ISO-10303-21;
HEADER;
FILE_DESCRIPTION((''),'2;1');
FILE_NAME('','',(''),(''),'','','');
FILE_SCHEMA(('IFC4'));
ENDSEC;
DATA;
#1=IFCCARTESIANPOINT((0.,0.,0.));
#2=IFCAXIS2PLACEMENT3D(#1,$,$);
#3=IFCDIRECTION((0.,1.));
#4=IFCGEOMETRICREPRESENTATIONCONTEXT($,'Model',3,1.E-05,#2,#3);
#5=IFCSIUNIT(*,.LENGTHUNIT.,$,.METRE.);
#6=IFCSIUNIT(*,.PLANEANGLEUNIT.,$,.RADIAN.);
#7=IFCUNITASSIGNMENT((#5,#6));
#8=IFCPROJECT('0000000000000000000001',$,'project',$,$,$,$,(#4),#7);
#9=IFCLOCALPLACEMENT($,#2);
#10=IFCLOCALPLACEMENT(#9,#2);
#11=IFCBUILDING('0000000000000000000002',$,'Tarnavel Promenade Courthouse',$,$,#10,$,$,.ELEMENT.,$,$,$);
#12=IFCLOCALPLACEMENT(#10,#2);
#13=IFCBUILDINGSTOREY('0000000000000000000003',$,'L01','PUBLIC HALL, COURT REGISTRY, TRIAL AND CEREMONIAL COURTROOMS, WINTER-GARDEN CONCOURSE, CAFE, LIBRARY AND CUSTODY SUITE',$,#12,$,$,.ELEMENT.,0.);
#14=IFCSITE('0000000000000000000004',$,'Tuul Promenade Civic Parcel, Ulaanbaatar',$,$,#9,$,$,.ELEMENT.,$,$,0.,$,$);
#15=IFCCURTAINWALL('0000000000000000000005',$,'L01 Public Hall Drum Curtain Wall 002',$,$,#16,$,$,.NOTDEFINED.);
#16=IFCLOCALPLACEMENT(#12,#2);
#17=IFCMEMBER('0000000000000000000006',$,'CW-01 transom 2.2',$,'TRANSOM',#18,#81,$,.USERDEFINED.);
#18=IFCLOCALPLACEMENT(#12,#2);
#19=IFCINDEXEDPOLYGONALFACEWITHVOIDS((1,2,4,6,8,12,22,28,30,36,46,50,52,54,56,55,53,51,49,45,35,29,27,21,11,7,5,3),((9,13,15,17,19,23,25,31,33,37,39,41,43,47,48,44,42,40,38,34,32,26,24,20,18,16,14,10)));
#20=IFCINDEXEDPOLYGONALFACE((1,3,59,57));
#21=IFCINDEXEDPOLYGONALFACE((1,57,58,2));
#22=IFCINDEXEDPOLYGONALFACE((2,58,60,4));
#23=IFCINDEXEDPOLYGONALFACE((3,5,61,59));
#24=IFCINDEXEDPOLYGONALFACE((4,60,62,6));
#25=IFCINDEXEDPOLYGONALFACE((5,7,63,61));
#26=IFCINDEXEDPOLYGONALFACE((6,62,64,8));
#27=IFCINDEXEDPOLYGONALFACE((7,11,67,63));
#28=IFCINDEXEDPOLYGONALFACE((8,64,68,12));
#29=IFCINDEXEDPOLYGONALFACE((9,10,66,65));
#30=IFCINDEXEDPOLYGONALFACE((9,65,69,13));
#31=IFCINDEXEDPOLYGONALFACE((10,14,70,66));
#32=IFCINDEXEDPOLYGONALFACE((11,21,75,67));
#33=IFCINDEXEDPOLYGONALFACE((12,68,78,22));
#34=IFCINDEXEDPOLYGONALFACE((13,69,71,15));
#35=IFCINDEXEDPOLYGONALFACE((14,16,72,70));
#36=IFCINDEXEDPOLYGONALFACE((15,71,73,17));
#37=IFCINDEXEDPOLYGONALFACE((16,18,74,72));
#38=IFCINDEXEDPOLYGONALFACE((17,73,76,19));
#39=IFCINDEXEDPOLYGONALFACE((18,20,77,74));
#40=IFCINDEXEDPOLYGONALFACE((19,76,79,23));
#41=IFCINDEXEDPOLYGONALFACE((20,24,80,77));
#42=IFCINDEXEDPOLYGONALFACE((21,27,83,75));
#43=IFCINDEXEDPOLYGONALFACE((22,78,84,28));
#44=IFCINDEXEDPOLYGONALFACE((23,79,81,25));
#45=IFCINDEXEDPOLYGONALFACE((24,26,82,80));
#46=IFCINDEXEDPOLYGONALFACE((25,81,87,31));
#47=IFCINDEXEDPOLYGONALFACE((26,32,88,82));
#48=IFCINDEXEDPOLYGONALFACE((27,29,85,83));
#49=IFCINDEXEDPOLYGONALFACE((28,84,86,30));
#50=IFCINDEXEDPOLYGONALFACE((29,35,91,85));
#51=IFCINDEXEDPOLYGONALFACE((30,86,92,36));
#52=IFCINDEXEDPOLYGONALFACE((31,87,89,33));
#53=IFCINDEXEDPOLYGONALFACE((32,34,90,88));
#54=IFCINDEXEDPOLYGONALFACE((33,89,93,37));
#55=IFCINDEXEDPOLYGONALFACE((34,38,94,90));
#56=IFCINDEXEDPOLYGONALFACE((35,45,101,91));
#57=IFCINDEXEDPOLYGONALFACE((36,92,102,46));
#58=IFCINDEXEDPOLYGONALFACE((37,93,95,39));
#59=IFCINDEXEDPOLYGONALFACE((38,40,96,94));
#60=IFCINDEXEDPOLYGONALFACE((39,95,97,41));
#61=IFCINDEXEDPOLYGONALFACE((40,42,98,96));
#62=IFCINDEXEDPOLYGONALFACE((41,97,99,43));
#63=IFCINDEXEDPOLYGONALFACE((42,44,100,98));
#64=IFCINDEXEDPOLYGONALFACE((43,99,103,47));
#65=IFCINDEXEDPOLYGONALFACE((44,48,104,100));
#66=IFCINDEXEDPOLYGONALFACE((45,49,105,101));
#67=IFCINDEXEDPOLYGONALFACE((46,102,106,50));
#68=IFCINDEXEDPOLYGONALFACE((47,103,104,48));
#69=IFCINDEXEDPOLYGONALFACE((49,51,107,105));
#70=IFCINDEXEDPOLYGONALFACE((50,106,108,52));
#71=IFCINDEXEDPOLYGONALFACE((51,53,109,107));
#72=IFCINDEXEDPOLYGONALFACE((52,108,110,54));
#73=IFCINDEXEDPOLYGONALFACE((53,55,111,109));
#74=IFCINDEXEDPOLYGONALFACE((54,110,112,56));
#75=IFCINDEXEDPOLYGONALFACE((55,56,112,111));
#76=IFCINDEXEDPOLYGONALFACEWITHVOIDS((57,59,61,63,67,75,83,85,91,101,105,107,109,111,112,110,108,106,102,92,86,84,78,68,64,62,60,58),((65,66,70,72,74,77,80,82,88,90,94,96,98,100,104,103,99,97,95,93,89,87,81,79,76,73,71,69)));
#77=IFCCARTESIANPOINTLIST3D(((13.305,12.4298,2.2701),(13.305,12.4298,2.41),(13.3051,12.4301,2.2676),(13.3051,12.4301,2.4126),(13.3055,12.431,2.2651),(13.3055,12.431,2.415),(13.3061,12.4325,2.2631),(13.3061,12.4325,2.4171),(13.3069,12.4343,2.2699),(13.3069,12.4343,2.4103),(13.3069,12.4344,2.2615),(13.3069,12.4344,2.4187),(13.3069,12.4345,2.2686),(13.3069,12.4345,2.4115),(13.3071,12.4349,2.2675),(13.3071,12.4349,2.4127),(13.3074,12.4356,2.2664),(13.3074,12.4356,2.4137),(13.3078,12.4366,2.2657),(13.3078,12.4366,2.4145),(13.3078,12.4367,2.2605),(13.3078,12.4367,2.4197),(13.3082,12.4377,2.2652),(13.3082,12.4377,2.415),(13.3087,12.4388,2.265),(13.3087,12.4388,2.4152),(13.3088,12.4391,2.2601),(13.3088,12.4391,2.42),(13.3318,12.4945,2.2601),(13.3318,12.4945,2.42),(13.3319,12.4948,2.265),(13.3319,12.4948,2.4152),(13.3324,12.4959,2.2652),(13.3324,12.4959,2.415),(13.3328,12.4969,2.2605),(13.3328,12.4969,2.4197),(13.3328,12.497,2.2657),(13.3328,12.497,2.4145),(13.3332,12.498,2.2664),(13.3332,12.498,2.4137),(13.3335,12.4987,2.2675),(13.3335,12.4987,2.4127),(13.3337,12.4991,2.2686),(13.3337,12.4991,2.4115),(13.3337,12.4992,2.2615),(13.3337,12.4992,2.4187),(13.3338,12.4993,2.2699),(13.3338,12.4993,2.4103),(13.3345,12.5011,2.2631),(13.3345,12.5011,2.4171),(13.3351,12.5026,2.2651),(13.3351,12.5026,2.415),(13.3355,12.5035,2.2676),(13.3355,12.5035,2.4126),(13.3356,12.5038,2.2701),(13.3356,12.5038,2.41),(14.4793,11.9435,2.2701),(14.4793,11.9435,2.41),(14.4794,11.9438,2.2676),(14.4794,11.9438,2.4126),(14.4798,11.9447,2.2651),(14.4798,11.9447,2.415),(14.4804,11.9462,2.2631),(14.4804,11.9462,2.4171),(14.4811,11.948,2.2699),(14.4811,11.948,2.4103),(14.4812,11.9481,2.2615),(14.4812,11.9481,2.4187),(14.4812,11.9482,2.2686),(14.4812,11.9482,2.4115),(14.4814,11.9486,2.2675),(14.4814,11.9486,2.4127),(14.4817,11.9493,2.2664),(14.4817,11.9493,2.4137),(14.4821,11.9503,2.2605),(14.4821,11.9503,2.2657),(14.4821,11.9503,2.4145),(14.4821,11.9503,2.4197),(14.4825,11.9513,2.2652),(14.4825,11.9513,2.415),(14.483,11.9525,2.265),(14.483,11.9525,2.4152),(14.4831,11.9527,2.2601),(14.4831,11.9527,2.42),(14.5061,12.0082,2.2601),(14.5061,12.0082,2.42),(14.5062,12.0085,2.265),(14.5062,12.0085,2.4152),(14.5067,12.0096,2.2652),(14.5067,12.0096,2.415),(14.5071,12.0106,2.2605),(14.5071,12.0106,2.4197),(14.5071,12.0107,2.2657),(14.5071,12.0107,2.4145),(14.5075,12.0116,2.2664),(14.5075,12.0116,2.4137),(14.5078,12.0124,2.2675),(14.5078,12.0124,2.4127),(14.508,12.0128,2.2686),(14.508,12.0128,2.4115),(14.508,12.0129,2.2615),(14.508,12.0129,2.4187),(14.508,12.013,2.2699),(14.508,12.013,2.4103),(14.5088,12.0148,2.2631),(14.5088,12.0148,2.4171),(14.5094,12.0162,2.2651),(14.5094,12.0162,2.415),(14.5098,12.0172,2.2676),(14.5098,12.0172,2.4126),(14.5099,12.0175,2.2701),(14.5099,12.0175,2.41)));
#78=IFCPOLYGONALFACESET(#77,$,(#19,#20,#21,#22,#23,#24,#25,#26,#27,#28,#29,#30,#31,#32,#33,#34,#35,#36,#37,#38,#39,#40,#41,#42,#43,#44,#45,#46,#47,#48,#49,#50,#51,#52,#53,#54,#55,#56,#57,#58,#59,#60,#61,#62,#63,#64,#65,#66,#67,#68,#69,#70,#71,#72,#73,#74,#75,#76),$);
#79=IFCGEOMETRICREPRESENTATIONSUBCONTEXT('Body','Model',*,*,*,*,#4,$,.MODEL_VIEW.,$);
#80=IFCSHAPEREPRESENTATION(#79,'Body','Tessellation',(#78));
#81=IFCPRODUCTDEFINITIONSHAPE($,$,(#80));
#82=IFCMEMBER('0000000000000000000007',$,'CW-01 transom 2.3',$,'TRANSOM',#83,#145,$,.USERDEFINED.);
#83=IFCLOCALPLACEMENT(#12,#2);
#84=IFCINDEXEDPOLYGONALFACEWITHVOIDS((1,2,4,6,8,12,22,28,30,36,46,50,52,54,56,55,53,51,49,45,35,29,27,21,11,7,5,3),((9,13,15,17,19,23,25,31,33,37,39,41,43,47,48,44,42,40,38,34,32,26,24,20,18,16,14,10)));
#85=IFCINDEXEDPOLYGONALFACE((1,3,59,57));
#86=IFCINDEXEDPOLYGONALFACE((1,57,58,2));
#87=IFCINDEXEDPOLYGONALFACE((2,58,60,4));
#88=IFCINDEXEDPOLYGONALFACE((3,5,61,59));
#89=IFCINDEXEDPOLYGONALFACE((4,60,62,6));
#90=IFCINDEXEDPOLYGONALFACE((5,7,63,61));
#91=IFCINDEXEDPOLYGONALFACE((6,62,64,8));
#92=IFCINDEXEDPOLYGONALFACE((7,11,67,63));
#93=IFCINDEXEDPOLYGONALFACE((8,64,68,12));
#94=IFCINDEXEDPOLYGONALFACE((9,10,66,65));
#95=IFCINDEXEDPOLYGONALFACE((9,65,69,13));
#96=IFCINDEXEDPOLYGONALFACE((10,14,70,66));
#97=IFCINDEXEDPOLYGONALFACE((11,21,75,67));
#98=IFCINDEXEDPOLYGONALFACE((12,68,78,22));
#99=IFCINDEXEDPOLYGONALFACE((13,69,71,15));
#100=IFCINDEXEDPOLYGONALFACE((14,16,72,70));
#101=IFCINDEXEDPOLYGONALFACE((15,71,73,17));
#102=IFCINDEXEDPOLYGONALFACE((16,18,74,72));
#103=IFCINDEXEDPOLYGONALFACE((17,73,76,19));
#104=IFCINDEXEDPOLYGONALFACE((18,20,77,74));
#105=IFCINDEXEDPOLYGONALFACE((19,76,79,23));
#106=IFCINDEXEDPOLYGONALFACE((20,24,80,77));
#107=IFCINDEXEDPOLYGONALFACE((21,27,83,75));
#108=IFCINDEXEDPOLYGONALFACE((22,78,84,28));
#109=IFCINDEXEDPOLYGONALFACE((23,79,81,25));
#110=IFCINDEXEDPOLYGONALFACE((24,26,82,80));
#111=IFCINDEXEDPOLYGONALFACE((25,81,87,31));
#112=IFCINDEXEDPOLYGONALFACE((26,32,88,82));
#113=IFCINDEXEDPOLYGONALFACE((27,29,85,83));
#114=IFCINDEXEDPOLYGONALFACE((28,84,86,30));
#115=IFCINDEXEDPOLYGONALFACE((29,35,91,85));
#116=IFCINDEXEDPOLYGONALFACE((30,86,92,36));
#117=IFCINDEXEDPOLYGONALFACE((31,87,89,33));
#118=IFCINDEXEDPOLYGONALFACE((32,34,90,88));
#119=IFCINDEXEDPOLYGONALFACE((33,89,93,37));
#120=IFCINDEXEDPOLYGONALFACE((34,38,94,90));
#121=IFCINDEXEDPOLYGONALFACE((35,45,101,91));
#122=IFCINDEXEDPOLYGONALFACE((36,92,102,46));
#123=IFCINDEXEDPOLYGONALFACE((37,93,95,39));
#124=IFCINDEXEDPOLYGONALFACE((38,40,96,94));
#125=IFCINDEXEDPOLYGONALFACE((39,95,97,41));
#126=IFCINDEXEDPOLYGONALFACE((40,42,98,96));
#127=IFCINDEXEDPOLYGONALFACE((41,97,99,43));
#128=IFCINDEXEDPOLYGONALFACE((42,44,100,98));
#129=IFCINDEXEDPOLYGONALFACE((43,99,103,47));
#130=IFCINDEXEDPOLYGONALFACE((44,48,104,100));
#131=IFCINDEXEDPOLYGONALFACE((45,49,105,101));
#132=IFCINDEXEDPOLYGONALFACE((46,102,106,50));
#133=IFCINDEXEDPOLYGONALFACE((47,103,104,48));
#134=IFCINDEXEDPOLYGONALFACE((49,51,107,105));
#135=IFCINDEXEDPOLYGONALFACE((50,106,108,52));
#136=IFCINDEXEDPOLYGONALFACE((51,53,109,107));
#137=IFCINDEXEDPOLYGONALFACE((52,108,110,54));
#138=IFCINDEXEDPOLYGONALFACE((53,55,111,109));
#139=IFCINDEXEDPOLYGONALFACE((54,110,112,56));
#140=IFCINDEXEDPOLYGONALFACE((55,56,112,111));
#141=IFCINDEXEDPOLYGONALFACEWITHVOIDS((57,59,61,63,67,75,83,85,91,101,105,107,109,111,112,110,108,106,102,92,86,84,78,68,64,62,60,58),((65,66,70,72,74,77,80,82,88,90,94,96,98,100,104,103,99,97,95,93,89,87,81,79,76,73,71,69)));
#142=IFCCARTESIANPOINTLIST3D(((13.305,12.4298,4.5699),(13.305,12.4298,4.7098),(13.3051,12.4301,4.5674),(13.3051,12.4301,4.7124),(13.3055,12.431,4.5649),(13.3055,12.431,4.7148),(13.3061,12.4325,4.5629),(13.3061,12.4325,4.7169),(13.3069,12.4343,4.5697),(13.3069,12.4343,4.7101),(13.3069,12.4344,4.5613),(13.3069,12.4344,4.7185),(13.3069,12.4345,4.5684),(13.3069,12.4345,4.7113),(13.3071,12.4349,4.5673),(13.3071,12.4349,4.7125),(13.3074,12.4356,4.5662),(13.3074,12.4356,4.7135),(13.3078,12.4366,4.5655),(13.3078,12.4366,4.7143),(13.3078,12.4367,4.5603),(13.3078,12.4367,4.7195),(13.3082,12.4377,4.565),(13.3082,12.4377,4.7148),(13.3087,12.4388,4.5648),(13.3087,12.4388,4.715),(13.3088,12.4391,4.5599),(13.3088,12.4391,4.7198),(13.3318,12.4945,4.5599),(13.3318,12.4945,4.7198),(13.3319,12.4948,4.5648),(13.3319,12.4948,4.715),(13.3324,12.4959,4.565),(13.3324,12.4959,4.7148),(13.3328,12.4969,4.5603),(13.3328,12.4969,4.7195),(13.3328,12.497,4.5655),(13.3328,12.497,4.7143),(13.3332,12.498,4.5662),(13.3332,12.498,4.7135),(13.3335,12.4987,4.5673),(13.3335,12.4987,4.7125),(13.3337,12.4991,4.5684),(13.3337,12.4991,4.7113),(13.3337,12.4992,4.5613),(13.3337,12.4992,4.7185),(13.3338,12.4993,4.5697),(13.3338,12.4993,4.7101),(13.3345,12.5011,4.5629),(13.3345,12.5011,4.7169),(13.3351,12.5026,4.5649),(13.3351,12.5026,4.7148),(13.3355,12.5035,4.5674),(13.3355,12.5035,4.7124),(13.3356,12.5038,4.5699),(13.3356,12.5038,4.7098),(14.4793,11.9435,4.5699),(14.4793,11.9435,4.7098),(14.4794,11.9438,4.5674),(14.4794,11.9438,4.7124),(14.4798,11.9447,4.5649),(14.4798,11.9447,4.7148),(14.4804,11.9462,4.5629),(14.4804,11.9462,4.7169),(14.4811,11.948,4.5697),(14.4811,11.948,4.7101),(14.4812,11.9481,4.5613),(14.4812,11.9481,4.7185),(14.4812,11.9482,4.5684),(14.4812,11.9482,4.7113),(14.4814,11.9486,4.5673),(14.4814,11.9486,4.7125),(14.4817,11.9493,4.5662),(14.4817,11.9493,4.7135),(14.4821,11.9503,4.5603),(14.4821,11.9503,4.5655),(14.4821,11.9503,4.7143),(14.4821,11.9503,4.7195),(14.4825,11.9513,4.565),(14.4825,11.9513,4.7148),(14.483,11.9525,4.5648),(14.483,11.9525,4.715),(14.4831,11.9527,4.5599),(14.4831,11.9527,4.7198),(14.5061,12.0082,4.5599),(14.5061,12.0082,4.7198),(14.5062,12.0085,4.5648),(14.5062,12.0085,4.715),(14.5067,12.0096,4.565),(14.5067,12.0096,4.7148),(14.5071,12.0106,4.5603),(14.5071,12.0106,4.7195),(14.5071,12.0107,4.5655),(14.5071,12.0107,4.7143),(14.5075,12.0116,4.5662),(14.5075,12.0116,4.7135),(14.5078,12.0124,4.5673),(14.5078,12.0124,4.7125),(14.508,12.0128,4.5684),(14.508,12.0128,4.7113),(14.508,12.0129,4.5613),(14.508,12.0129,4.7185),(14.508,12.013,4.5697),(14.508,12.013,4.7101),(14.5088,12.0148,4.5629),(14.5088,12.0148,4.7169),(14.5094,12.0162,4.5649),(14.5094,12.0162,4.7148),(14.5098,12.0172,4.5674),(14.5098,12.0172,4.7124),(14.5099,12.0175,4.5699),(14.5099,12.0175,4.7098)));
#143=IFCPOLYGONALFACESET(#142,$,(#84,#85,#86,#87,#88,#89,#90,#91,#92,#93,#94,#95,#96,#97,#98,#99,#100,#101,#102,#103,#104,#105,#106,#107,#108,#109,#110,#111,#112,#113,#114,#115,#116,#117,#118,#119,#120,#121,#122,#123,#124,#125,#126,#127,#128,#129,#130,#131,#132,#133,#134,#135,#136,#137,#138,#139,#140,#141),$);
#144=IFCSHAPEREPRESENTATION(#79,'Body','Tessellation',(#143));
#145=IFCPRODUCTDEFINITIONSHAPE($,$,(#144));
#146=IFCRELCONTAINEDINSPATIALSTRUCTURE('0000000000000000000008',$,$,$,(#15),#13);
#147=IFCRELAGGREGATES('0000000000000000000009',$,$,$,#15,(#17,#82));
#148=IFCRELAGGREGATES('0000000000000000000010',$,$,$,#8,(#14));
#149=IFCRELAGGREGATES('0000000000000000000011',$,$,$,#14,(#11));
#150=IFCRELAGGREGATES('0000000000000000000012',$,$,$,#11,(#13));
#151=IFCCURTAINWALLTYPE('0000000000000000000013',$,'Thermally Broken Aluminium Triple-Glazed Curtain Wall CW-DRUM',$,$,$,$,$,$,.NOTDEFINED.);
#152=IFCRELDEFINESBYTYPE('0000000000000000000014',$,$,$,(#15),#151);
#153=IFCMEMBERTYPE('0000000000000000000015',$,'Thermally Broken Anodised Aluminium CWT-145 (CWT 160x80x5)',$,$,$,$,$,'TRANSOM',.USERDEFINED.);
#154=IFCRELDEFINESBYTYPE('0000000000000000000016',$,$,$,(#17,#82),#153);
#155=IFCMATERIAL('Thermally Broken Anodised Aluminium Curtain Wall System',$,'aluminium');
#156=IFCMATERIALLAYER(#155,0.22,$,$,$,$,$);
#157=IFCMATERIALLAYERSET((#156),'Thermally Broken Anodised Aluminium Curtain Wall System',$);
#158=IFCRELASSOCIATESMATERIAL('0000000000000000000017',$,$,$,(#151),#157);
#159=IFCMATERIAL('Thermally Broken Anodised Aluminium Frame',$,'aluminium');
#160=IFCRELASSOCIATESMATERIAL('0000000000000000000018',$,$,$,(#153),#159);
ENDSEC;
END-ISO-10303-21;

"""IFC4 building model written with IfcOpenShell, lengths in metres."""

from ifc_helpers import new_model, si_unit, direction, frame, origin, origin_2d, place, context, subcontext, project, spatial, hollow_rectangle, extrude, material, layer, layer_set, material_profile, profile_set, type_object, element, aggregate, save


model = new_model("IFC4")

# Units and contexts
model_context = context("Model", 3, precision=1e-05, world=origin(), true_north=direction((0.0, 1.0)))
body_context = subcontext(model_context, "Body", "Model", "MODEL_VIEW")
ifc_project = project(units=[si_unit("LENGTHUNIT", "METRE"), si_unit("PLANEANGLEUNIT", "RADIAN")], contexts=[model_context])

# Site, building, storey
site_placement = place(None, origin())
site = spatial("IfcSite", under=ifc_project, at=site_placement, Name="Tuul Promenade Civic Parcel, Ulaanbaatar", CompositionType="ELEMENT", RefElevation=0.0)
building_placement = place(site_placement, origin())
building = spatial("IfcBuilding", under=site, at=building_placement, Name="Tarnavel Promenade Courthouse", CompositionType="ELEMENT")
storey_placement = place(building_placement, origin())
storey = spatial("IfcBuildingStorey", under=building, at=storey_placement, Name="L01", Description="PUBLIC HALL, COURT REGISTRY, TRIAL AND CEREMONIAL COURTROOMS, WINTER-GARDEN CONCOURSE, CAFE, LIBRARY AND CUSTODY SUITE", CompositionType="ELEMENT", Elevation=0.0)

# Curtain wall
ifc_material_1 = material(Name="Thermally Broken Anodised Aluminium Curtain Wall System", Category="aluminium")
ifc_layer_1 = layer(ifc_material_1, 0.22)
ifc_layer_set_1 = layer_set([ifc_layer_1], Name="Thermally Broken Anodised Aluminium Curtain Wall System")
curtain_wall_type = type_object("IfcCurtainWallType", Name="Thermally Broken Aluminium Triple-Glazed Curtain Wall CW-DRUM", PredefinedType="NOTDEFINED", material=ifc_layer_set_1)
curtain_wall_1_placement = place(storey_placement, origin())
curtain_wall_1 = element("IfcCurtainWall", 1, at=curtain_wall_1_placement, inside=storey, type_object=curtain_wall_type, Name="L01 Public Hall Drum Curtain Wall 002", PredefinedType="NOTDEFINED")
ifc_material_2 = material(Name="Thermally Broken Anodised Aluminium Frame", Category="aluminium")

# Members
ifc_material_profile_1 = material_profile(ifc_material_2, hollow_rectangle(XDim=0.0801, YDim=0.1599, WallThickness=0.0049, InnerFilletRadius=0.0049, OuterFilletRadius=0.01, at=origin_2d()), Name="CWT 160x80x5")
ifc_profile_set_1 = profile_set([ifc_material_profile_1], Name="Thermally Broken Anodised Aluminium Frame")
member_type_1 = type_object("IfcMemberType", Name="Thermally Broken Anodised Aluminium CWT-145 (CWT 160x80x5)", ElementType="TRANSOM", PredefinedType="USERDEFINED", material=ifc_profile_set_1)
member_1_placement = place(storey_placement, frame((13.3203, 12.4668, 2.3401), z_axis=(0.923904, -0.382623, 0.0), x_axis=(0.382623, 0.923904, 0.0)))
member_1 = element("IfcMember", 2, at=member_1_placement, type_object=member_type_1, Name="CW-01 transom 2.2", ObjectType="TRANSOM", PredefinedType="USERDEFINED", context=body_context, shape_type="SweptSolid", body=[
    extrude(hollow_rectangle(XDim=0.0801, YDim=0.1599, WallThickness=0.0049, InnerFilletRadius=0.0049, OuterFilletRadius=0.01, at=origin_2d()), origin(), (0.0, 0.0, 1.0), 1.271),
])
member_2_placement = place(storey_placement, frame((13.3203, 12.4668, 4.6399), z_axis=(0.923904, -0.382623, 0.0), x_axis=(0.382623, 0.923904, 0.0)))
member_2 = element("IfcMember", 3, at=member_2_placement, type_object=member_type_1, Name="CW-01 transom 2.3", ObjectType="TRANSOM", PredefinedType="USERDEFINED", context=body_context, shape_type="SweptSolid", body=[
    extrude(hollow_rectangle(XDim=0.0801, YDim=0.1599, WallThickness=0.0049, InnerFilletRadius=0.0049, OuterFilletRadius=0.01, at=origin_2d()), origin(), (0.0, 0.0, 1.0), 1.271),
])

aggregate(curtain_wall_1, [member_1, member_2])

save(model, "model.ifc")
